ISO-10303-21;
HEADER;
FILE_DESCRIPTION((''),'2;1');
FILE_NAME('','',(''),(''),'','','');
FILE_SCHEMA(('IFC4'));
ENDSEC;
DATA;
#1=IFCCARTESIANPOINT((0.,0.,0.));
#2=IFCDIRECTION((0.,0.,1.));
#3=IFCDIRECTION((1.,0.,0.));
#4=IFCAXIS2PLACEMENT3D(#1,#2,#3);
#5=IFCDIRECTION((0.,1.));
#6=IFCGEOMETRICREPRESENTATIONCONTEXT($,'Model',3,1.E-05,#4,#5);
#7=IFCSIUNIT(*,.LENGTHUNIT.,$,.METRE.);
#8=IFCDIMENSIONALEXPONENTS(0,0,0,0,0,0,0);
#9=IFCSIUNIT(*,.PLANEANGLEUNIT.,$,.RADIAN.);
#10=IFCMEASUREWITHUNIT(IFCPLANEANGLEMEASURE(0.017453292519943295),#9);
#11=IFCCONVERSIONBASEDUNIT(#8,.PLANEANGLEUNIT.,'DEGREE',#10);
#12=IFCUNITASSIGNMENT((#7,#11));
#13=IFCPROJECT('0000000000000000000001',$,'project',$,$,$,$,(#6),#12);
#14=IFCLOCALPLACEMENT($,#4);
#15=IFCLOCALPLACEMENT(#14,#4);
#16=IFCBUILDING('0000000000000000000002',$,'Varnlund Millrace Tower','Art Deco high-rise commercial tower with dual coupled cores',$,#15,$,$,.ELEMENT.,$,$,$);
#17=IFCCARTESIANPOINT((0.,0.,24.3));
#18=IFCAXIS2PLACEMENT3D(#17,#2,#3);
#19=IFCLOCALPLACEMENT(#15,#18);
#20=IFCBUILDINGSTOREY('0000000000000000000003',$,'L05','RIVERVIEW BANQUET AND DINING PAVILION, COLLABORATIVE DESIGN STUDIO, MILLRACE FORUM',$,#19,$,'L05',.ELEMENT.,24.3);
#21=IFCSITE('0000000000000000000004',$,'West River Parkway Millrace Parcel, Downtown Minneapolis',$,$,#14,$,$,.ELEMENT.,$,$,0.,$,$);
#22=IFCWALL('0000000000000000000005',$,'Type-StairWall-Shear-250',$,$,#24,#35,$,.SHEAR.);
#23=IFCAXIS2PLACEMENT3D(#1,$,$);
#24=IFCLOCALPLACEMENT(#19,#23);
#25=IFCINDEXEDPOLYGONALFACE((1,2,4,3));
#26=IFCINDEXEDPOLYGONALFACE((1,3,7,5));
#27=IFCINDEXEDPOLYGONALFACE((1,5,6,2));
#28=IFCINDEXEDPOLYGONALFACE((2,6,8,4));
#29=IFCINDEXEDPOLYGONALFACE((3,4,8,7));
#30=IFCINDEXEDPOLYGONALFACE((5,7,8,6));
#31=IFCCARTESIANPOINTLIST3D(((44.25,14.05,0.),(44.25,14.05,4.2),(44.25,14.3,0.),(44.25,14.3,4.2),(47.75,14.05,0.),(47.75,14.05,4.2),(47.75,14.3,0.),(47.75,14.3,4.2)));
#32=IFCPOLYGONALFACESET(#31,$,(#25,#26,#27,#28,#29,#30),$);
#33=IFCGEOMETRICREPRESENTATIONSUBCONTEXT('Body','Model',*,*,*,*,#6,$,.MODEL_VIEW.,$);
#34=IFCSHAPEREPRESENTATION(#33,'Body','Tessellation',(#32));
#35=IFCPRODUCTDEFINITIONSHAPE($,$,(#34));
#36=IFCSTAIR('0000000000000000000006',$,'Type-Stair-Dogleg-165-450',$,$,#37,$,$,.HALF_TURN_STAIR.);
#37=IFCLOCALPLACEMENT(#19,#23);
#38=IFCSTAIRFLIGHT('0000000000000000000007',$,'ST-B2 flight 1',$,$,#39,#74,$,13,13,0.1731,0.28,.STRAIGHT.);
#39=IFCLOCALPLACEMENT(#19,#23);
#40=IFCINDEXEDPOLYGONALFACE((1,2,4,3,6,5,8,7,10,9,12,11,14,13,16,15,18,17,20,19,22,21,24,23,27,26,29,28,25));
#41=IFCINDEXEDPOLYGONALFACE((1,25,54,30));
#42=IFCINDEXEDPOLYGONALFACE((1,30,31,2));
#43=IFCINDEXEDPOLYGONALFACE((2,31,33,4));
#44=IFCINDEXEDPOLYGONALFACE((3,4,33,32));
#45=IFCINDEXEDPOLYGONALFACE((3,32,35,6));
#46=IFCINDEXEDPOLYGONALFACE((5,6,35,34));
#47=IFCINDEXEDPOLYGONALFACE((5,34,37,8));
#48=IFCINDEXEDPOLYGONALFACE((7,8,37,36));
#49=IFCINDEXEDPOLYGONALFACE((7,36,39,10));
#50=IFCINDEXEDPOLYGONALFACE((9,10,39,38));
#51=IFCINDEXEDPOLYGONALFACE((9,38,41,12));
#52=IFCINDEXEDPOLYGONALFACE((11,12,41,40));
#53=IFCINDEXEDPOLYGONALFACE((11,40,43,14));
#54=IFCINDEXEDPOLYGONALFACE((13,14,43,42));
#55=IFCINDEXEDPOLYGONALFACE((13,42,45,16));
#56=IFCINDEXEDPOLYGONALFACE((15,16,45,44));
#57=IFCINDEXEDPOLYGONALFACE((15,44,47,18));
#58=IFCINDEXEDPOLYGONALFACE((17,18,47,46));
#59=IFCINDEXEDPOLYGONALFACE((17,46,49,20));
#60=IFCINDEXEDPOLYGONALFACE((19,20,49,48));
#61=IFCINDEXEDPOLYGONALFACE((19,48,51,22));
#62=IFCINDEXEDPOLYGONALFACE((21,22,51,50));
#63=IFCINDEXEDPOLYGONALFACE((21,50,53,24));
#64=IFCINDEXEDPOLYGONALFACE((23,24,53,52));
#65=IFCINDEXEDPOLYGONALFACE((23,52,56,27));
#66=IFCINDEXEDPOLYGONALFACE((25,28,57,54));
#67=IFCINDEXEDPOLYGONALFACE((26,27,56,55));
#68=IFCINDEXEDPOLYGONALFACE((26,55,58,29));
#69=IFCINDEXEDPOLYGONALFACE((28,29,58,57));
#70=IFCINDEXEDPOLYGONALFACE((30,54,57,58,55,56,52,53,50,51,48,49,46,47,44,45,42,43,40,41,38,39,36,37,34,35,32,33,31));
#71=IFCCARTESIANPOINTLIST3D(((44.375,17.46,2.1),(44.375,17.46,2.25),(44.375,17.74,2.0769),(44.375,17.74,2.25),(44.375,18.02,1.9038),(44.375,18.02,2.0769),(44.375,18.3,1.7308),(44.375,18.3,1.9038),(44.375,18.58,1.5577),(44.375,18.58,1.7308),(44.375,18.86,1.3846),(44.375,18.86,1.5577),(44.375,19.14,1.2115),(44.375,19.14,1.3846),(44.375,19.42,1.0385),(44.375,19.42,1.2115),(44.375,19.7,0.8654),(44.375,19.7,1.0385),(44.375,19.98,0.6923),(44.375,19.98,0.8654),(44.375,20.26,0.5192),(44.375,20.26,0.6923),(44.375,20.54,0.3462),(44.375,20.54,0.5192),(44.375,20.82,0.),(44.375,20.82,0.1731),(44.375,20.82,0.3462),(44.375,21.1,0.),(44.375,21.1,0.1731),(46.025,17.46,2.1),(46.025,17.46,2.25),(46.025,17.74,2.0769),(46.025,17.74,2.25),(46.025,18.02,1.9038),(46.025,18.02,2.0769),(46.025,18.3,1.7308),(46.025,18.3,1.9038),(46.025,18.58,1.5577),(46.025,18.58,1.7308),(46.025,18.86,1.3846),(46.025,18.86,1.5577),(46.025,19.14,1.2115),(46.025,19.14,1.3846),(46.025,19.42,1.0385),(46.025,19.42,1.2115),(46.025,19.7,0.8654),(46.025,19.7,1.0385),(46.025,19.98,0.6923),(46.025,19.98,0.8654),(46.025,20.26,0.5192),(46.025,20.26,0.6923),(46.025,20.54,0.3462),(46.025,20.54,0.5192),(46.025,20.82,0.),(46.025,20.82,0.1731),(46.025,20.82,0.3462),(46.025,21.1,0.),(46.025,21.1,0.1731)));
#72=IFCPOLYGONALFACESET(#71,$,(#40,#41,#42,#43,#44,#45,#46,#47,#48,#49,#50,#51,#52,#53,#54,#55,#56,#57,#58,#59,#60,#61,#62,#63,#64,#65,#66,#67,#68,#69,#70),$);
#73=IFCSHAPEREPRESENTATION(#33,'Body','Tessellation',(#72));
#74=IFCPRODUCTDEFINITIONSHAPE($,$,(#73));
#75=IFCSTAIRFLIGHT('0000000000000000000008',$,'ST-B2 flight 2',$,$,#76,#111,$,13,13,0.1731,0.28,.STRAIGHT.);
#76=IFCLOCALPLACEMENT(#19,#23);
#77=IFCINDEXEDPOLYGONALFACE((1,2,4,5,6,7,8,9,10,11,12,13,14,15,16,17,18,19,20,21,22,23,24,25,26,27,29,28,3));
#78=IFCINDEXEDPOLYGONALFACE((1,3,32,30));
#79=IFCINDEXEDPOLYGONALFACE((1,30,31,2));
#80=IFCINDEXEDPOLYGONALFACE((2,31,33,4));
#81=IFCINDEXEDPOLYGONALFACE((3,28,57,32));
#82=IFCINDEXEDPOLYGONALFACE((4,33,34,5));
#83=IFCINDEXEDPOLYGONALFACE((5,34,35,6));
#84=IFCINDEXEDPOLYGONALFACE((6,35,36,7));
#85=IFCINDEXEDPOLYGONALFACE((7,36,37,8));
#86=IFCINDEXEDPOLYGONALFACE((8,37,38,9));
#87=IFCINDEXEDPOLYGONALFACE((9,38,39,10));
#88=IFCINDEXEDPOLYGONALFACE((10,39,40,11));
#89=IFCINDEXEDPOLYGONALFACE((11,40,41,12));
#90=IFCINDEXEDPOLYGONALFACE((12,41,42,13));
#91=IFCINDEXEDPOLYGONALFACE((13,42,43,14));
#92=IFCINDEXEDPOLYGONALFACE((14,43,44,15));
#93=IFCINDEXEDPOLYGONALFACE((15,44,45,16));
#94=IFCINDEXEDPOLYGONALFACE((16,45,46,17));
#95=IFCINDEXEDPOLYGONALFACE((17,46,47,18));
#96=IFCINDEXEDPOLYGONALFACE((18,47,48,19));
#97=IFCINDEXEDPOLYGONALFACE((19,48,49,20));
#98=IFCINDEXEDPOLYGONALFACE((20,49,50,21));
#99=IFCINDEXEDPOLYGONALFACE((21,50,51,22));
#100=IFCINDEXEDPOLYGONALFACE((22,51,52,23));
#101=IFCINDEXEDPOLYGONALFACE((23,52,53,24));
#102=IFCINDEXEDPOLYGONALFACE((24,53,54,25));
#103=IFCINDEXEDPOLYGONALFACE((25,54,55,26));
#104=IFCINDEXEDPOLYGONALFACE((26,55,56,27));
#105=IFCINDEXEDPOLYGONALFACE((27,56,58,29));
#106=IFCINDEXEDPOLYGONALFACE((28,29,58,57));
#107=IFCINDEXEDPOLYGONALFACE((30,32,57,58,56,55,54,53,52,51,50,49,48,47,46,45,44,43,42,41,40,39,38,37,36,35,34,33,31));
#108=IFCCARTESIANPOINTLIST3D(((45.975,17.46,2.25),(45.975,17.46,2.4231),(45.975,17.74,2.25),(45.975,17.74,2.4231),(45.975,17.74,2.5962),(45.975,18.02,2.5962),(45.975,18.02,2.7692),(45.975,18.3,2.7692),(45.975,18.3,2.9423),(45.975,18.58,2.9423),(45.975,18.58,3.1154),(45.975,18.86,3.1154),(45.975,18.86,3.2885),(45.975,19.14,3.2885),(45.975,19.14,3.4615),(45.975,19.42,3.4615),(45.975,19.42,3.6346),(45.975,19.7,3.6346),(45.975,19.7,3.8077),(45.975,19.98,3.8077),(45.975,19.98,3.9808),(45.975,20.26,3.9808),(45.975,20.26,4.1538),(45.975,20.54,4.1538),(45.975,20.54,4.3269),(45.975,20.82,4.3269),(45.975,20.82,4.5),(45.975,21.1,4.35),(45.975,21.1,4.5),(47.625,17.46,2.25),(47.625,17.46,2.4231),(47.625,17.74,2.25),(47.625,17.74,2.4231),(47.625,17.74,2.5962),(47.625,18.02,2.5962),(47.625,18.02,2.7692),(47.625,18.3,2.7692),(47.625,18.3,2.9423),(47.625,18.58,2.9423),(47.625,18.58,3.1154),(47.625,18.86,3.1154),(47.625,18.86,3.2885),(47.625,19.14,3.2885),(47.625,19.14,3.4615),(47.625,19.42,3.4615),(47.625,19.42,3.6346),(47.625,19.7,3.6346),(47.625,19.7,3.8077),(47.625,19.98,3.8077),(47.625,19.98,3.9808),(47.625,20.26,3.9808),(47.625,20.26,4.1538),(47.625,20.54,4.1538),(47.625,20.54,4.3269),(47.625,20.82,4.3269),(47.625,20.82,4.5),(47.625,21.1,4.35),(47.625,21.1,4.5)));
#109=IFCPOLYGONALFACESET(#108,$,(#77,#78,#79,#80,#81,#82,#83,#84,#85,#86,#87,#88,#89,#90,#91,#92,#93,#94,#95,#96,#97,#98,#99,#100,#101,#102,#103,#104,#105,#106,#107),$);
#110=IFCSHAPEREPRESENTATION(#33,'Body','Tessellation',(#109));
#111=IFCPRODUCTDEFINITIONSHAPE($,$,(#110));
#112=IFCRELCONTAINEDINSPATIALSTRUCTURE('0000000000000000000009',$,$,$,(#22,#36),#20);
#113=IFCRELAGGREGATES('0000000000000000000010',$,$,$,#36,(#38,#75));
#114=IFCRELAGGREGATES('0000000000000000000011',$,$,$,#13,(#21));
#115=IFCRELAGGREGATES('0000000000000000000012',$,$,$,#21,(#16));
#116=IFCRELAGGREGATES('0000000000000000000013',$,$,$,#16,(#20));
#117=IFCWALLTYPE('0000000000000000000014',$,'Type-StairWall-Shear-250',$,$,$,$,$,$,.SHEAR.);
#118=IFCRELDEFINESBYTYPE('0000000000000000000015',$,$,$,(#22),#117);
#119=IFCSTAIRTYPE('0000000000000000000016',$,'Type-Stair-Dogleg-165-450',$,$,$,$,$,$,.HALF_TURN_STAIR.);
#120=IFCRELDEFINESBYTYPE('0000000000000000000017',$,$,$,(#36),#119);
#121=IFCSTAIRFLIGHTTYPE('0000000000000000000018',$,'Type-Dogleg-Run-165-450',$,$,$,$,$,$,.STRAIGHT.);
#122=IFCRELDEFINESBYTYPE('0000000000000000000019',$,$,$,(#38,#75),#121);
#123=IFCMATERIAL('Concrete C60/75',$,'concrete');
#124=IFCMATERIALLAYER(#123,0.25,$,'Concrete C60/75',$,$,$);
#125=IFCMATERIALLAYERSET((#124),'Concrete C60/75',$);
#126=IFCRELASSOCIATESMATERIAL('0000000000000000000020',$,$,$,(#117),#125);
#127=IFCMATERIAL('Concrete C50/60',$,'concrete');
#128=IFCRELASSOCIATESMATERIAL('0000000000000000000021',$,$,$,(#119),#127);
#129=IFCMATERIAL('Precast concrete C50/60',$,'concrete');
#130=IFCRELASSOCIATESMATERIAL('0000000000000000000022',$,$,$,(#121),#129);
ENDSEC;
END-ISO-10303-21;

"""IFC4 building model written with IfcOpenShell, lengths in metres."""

from ifc_helpers import new_model, entity, si_unit, converted_unit, direction, frame, origin_with_axes, place, context, subcontext, project, spatial, polyline, outline, extrude, material, layer, layer_set, type_object, element, aggregate, save


model = new_model("IFC4")

# Units and contexts
model_context = context("Model", 3, precision=1e-05, world=origin_with_axes(), true_north=direction((0.0, 1.0)))
body_context = subcontext(model_context, "Body", "Model", "MODEL_VIEW")
ifc_project = project(units=[si_unit("LENGTHUNIT", "METRE"), converted_unit("PLANEANGLEUNIT", "DEGREE", entity("IfcPlaneAngleMeasure", 0.017453292519943295), si_unit("PLANEANGLEUNIT", "RADIAN"), dimensions=[0, 0, 0, 0, 0, 0, 0])], contexts=[model_context])

# Site, building, storey
site_placement = place(None, origin_with_axes())
site = spatial("IfcSite", under=ifc_project, at=site_placement, Name="West River Parkway Millrace Parcel, Downtown Minneapolis", CompositionType="ELEMENT", RefElevation=0.0)
building_placement = place(site_placement, origin_with_axes())
building = spatial("IfcBuilding", under=site, at=building_placement, Name="Varnlund Millrace Tower", Description="Art Deco high-rise commercial tower with dual coupled cores", CompositionType="ELEMENT")
storey_placement = place(building_placement, frame((0.0, 0.0, 24.3), z_axis=(0.0, 0.0, 1.0), x_axis=(1.0, 0.0, 0.0)))
storey = spatial("IfcBuildingStorey", under=building, at=storey_placement, Name="L05", Description="RIVERVIEW BANQUET AND DINING PAVILION, COLLABORATIVE DESIGN STUDIO, MILLRACE FORUM", LongName="L05", CompositionType="ELEMENT", Elevation=24.3)

# Wall
ifc_material_1 = material(Name="Concrete C60/75", Category="concrete")
ifc_layer = layer(ifc_material_1, 0.25, Name="Concrete C60/75")
ifc_layer_set = layer_set([ifc_layer], Name="Concrete C60/75")
wall_type = type_object("IfcWallType", Name="Type-StairWall-Shear-250", PredefinedType="SHEAR", material=ifc_layer_set)
wall_placement = place(storey_placement, frame((44.25, 14.175, 0.0), z_axis=(0.0, 0.0, 1.0), x_axis=(1.0, 0.0, 0.0)))
element("IfcWall", 1, at=wall_placement, inside=storey, type_object=wall_type, Name="Type-StairWall-Shear-250", PredefinedType="SHEAR", context=body_context, shape_type="SweptSolid", body=[
    extrude(outline(polyline([(0.0, -0.125), (3.5, -0.125), (3.5, 0.125), (0.0, 0.125), (0.0, -0.125)])), origin_with_axes(), (0.0, 0.0, 1.0), 4.2),
])

# Stair, stair flights
ifc_material_2 = material(Name="Concrete C50/60", Category="concrete")
stair_type = type_object("IfcStairType", Name="Type-Stair-Dogleg-165-450", PredefinedType="HALF_TURN_STAIR", material=ifc_material_2)
stair_placement = place(storey_placement, origin_with_axes())
stair = element("IfcStair", 2, at=stair_placement, inside=storey, type_object=stair_type, Name="Type-Stair-Dogleg-165-450", PredefinedType="HALF_TURN_STAIR")
ifc_material_3 = material(Name="Precast concrete C50/60", Category="concrete")
stair_flight_type = type_object("IfcStairFlightType", Name="Type-Dogleg-Run-165-450", PredefinedType="STRAIGHT", material=ifc_material_3)
stair_flight_1_placement = place(storey_placement, frame((46.025, 21.1, 0.0), z_axis=(-1.0, 0.0, 0.0), x_axis=(0.0, -1.0, 0.0)))
stair_flight_1 = element("IfcStairFlight", 3, at=stair_flight_1_placement, type_object=stair_flight_type, Name="ST-B2 flight 1", NumberOfRisers=13, NumberOfTreads=13, PredefinedType="STRAIGHT", RiserHeight=0.1731, TreadLength=0.28, context=body_context, shape_type="SweptSolid", body=[
    extrude(outline(polyline([(0.0, 0.0), (0.0, 0.1731), (0.28, 0.1731), (0.28, 0.3462), (0.56, 0.3462), (0.56, 0.5192), (0.84, 0.5192), (0.84, 0.6923), (1.12, 0.6923), (1.12, 0.8654), (1.4, 0.8654), (1.4, 1.0385), (1.68, 1.0385), (1.68, 1.2115), (1.96, 1.2115), (1.96, 1.3846), (2.24, 1.3846), (2.24, 1.5577), (2.52, 1.5577), (2.52, 1.7308), (2.8, 1.7308), (2.8, 1.9038), (3.08, 1.9038), (3.08, 2.0769), (3.36, 2.0769), (3.36, 2.25), (3.64, 2.25), (3.64, 2.1), (0.28, 0.0), (0.0, 0.0)])), origin_with_axes(), (0.0, 0.0, 1.0), 1.65),
])
stair_flight_2_placement = place(storey_placement, frame((45.975, 17.46, 2.25), z_axis=(1.0, 0.0, 0.0), x_axis=(0.0, 1.0, 0.0)))
stair_flight_2 = element("IfcStairFlight", 4, at=stair_flight_2_placement, type_object=stair_flight_type, Name="ST-B2 flight 2", NumberOfRisers=13, NumberOfTreads=13, PredefinedType="STRAIGHT", RiserHeight=0.1731, TreadLength=0.28, context=body_context, shape_type="SweptSolid", body=[
    extrude(outline(polyline([(0.0, 0.0), (0.0, 0.1731), (0.28, 0.1731), (0.28, 0.3462), (0.56, 0.3462), (0.56, 0.5192), (0.84, 0.5192), (0.84, 0.6923), (1.12, 0.6923), (1.12, 0.8654), (1.4, 0.8654), (1.4, 1.0385), (1.68, 1.0385), (1.68, 1.2115), (1.96, 1.2115), (1.96, 1.3846), (2.24, 1.3846), (2.24, 1.5577), (2.52, 1.5577), (2.52, 1.7308), (2.8, 1.7308), (2.8, 1.9038), (3.08, 1.9038), (3.08, 2.0769), (3.36, 2.0769), (3.36, 2.25), (3.64, 2.25), (3.64, 2.1), (0.28, 0.0), (0.0, 0.0)])), origin_with_axes(), (0.0, 0.0, 1.0), 1.65),
])
aggregate(stair, [stair_flight_1, stair_flight_2])

save(model, "model.ifc")
